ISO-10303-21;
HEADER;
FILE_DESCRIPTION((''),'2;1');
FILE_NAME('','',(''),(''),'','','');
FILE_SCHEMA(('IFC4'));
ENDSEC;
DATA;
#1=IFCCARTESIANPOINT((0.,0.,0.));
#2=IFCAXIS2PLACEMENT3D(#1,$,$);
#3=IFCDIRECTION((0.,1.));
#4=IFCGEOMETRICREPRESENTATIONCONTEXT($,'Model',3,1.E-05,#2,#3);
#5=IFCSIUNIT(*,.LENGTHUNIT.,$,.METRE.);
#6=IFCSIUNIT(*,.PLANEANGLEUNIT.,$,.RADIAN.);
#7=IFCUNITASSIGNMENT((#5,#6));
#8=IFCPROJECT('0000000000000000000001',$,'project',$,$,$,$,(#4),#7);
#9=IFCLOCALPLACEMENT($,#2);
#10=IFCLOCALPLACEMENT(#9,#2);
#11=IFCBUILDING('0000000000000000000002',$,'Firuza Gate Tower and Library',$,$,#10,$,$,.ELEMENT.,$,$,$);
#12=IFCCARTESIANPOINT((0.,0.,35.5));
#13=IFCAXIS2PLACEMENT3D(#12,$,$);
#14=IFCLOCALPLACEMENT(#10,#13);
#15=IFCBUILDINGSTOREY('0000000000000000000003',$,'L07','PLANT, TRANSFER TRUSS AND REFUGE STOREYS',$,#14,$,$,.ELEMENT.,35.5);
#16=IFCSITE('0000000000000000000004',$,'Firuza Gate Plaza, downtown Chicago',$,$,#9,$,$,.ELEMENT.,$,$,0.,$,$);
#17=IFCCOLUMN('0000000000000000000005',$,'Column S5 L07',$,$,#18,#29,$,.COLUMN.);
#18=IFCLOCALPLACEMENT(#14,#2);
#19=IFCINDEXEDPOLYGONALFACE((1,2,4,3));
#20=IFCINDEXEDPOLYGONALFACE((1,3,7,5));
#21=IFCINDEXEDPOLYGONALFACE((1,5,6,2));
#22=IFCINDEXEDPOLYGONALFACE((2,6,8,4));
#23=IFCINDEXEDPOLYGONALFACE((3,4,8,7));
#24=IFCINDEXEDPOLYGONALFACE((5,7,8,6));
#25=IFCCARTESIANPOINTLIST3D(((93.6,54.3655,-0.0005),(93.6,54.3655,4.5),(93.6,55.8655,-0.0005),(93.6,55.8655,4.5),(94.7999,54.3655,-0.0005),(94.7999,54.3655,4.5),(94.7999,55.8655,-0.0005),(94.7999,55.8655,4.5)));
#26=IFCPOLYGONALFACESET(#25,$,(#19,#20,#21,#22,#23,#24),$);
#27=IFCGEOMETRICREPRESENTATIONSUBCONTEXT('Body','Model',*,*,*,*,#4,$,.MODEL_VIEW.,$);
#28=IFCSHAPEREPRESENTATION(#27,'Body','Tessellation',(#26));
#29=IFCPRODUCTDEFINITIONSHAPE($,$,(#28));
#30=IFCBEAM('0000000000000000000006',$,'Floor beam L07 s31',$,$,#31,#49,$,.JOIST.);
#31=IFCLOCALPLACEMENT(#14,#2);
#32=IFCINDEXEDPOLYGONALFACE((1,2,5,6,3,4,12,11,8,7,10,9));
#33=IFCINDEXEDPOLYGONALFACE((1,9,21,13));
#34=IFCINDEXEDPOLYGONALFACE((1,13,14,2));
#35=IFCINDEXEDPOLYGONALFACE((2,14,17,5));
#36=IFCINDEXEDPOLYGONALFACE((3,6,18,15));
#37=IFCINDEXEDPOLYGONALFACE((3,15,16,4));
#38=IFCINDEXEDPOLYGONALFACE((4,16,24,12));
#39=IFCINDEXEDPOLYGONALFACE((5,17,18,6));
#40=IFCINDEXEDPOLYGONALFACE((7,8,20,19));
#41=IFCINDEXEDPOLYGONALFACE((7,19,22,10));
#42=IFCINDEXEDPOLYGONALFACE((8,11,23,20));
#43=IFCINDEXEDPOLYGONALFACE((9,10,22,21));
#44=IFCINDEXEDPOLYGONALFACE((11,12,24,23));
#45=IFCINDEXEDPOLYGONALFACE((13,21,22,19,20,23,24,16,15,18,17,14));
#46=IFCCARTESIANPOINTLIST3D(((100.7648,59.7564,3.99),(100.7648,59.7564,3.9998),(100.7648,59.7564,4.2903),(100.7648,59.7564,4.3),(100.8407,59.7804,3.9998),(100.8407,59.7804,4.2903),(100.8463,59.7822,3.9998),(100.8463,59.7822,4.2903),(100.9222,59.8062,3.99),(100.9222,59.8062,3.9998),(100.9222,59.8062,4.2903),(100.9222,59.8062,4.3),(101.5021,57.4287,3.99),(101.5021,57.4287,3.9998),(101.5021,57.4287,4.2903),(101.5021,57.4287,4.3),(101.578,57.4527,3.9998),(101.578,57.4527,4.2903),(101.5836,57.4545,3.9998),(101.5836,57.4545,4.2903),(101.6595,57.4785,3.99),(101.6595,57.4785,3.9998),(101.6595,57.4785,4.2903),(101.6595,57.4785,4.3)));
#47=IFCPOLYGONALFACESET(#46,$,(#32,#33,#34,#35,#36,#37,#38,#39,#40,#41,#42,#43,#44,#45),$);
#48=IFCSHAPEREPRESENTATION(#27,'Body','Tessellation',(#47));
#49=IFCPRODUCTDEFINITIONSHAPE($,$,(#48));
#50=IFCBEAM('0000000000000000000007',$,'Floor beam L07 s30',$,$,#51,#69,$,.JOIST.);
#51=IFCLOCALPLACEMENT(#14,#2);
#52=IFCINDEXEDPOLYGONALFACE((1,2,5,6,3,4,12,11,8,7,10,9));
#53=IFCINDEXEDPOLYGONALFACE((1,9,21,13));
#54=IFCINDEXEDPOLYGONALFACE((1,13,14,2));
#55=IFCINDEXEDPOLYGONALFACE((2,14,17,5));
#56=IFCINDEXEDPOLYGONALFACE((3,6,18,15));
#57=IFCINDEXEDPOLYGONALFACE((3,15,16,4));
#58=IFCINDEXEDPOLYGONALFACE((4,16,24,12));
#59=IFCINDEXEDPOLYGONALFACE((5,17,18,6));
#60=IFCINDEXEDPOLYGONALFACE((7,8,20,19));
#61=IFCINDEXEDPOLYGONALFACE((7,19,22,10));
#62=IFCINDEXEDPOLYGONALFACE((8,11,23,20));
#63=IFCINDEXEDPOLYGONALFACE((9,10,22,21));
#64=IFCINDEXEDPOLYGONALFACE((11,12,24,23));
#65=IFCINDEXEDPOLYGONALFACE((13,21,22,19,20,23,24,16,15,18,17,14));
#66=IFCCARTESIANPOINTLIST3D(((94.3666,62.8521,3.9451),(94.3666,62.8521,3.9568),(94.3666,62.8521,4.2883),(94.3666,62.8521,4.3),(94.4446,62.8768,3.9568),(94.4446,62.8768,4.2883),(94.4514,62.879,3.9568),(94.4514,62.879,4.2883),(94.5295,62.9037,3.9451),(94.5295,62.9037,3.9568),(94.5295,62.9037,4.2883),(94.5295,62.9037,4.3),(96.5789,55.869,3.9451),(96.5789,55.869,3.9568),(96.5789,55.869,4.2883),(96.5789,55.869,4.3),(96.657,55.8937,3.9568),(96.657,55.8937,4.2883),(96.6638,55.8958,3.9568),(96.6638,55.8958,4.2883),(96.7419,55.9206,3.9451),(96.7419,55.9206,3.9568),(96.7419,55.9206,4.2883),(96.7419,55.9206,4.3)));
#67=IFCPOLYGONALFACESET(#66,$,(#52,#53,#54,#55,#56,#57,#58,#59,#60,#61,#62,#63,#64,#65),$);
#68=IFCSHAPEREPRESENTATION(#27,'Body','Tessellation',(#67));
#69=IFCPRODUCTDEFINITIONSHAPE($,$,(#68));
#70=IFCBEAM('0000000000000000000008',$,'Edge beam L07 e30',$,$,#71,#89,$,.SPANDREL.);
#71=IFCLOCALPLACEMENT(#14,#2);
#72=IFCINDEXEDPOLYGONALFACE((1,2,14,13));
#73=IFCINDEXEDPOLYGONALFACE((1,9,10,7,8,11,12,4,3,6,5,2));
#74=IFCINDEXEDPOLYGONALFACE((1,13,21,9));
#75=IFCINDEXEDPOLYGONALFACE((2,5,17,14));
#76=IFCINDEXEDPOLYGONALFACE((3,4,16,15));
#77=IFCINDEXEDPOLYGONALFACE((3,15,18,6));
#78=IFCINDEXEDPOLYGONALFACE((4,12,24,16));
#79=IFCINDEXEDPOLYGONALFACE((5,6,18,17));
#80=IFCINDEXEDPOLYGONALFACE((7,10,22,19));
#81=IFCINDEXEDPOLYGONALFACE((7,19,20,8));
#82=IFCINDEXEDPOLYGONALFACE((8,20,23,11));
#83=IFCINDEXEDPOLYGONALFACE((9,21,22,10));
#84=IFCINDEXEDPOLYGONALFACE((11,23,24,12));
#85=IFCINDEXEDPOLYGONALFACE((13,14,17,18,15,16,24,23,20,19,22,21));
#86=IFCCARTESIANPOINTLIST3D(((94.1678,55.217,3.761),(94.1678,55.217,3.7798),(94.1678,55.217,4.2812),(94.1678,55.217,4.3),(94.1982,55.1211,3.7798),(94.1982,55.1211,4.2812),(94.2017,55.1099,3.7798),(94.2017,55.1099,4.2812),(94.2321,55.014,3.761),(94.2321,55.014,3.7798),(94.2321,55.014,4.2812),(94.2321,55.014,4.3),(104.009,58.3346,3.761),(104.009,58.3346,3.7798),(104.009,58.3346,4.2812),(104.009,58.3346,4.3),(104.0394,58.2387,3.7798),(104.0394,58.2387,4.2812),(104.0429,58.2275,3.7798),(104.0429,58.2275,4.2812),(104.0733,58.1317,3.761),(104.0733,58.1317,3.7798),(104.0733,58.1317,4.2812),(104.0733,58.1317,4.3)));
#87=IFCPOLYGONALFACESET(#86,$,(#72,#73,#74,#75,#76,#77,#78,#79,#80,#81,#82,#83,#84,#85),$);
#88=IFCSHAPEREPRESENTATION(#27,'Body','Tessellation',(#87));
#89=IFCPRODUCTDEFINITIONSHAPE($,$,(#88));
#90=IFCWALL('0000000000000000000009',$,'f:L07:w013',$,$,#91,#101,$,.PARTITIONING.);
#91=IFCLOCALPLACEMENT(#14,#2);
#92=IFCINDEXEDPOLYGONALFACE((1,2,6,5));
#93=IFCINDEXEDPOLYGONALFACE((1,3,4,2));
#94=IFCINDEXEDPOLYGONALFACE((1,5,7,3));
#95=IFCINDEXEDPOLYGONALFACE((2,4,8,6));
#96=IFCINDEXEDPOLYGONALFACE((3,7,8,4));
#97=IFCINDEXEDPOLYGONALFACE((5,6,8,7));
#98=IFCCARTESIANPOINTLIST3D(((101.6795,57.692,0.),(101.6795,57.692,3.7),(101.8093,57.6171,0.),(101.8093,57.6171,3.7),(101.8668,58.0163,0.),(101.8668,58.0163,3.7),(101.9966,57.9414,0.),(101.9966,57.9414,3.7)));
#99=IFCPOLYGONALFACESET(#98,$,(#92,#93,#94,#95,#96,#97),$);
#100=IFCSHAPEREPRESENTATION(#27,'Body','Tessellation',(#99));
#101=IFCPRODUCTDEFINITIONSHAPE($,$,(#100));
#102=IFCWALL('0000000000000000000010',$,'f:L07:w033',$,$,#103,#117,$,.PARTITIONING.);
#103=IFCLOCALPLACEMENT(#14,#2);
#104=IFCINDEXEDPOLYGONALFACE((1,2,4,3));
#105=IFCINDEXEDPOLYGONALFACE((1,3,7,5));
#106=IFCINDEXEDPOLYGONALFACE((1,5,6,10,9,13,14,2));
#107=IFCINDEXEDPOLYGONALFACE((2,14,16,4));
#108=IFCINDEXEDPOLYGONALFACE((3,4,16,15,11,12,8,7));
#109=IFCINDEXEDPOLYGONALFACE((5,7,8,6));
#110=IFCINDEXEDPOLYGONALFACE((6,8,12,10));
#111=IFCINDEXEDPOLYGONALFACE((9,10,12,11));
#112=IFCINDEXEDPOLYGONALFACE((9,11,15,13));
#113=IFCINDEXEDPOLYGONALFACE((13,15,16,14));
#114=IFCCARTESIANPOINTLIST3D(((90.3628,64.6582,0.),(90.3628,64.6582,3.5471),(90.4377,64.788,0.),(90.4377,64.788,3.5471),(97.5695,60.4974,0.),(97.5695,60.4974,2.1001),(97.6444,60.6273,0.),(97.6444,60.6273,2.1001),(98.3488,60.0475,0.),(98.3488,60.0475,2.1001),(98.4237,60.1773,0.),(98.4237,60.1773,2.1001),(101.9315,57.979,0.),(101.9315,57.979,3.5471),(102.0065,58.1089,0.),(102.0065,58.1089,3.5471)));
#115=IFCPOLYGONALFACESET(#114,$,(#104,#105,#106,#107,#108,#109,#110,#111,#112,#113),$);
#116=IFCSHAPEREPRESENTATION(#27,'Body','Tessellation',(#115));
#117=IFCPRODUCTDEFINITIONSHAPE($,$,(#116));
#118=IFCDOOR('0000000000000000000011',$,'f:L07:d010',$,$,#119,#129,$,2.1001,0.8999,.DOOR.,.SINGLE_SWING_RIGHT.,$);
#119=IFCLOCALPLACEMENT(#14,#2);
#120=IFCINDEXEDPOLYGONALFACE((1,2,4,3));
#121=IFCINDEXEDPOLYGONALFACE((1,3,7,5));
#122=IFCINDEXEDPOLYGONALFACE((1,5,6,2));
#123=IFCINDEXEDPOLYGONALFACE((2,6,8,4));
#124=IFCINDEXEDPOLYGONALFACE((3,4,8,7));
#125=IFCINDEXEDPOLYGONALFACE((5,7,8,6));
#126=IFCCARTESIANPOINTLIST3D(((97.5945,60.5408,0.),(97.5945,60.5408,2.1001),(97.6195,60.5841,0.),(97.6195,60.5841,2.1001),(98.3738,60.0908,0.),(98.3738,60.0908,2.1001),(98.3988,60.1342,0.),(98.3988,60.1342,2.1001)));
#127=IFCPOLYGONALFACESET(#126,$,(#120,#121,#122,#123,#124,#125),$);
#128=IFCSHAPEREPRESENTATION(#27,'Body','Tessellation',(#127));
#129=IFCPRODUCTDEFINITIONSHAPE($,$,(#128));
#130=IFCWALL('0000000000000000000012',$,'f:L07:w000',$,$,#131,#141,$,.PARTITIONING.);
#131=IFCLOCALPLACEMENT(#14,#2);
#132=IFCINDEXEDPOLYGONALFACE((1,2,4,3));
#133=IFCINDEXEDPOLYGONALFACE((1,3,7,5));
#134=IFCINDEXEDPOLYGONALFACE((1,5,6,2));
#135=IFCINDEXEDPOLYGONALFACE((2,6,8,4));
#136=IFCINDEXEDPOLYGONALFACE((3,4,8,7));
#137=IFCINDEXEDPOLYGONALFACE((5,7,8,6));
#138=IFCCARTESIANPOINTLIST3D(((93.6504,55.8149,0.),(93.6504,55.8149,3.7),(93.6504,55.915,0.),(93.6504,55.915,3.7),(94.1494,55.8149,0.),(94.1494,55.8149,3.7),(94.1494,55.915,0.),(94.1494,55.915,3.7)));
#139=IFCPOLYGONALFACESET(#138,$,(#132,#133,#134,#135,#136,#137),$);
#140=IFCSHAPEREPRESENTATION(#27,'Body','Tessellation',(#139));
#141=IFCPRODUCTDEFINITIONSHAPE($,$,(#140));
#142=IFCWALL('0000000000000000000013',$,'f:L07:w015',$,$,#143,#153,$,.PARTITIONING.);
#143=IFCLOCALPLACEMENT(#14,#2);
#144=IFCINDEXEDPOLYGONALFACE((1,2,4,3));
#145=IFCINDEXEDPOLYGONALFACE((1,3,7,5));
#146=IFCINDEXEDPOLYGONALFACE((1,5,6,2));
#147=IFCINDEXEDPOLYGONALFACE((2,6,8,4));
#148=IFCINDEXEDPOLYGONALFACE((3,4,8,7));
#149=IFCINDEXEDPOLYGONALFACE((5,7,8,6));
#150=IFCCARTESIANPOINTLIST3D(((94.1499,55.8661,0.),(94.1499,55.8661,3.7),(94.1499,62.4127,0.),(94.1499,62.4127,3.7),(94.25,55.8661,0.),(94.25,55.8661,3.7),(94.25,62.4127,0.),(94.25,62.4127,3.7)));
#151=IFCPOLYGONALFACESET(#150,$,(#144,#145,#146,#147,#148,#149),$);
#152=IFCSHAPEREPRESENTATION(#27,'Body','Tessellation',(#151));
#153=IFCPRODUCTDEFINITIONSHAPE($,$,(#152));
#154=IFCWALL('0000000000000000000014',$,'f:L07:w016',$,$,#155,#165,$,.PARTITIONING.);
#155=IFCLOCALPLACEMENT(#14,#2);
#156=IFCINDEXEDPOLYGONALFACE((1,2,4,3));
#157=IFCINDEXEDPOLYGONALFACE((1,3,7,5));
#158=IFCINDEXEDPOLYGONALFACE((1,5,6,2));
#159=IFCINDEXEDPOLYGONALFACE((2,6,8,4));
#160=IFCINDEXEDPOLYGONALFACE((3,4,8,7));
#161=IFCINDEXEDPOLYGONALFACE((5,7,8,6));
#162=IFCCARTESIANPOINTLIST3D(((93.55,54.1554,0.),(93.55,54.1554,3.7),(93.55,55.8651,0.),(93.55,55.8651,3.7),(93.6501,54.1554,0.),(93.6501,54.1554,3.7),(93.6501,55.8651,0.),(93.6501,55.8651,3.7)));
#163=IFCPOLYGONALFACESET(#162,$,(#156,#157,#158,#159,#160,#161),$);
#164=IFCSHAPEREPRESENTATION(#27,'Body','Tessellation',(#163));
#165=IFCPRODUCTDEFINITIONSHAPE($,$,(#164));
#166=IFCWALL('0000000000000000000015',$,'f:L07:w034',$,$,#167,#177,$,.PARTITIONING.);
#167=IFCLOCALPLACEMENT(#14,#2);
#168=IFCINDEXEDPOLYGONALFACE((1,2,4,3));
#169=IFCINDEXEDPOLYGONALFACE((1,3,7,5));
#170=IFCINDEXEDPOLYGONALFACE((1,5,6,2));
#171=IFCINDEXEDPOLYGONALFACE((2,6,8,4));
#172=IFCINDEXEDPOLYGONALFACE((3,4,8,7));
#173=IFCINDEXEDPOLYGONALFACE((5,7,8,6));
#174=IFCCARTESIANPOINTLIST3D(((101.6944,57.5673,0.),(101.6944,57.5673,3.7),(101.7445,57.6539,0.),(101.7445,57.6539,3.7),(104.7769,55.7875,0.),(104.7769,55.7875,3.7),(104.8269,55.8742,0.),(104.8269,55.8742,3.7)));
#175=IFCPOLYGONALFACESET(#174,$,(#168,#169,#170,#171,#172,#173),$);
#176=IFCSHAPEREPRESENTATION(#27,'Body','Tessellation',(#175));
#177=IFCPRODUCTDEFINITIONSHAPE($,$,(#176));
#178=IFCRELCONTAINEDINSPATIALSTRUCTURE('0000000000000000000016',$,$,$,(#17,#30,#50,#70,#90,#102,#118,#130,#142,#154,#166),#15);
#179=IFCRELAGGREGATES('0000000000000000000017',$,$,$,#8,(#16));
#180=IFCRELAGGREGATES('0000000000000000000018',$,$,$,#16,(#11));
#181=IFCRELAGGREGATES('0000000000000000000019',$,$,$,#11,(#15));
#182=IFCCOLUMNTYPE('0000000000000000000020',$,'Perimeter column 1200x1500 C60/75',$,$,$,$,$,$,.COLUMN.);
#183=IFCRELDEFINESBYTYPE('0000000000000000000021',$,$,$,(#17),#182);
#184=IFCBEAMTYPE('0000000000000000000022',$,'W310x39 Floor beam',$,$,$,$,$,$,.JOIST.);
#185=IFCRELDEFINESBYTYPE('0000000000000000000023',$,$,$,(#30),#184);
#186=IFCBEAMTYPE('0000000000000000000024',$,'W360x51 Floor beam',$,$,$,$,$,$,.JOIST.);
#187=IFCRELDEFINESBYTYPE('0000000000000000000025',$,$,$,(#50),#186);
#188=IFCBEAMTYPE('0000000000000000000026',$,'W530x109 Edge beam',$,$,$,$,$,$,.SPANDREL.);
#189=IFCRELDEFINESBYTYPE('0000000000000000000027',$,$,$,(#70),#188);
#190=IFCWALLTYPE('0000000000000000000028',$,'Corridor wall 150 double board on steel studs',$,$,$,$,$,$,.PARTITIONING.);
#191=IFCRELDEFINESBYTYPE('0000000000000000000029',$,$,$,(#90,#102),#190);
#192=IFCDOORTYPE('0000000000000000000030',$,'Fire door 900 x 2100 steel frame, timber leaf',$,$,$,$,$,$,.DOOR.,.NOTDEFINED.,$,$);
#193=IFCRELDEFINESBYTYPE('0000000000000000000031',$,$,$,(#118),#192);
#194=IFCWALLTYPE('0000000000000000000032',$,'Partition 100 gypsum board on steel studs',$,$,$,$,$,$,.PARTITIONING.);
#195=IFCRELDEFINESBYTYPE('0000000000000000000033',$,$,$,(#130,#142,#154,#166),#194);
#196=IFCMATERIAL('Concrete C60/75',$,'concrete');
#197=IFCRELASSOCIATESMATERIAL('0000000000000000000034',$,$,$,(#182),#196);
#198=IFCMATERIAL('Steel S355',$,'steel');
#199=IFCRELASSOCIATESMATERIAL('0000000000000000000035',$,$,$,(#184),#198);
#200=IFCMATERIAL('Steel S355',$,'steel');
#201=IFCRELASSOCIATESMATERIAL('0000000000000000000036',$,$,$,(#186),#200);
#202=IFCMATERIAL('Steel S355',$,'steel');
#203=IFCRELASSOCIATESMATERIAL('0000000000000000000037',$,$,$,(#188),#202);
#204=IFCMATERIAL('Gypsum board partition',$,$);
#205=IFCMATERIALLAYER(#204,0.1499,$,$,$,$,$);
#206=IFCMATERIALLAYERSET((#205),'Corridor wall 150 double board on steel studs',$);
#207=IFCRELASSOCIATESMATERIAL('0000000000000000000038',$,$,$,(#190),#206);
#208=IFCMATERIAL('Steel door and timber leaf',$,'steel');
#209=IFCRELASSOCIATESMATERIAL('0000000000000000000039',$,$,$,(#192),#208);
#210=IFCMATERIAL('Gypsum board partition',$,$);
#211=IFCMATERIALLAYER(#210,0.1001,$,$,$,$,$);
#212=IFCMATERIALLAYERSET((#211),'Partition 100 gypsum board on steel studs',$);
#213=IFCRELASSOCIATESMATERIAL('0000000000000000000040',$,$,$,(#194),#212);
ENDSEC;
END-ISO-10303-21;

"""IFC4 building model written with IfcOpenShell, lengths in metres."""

from ifc_helpers import new_model, si_unit, direction, frame, frame_2d, origin, origin_2d, place, context, subcontext, project, spatial, rectangle, i_section, extrude, material, layer, layer_set, material_profile, profile_set, type_object, element, fill, save


model = new_model("IFC4")

# Units and contexts
model_context = context("Model", 3, precision=1e-05, world=origin(), true_north=direction((0.0, 1.0)))
body_context = subcontext(model_context, "Body", "Model", "MODEL_VIEW")
ifc_project = project(units=[si_unit("LENGTHUNIT", "METRE"), si_unit("PLANEANGLEUNIT", "RADIAN")], contexts=[model_context])

# Site, building, storey
site_placement = place(None, origin())
site = spatial("IfcSite", under=ifc_project, at=site_placement, Name="Firuza Gate Plaza, downtown Chicago", CompositionType="ELEMENT", RefElevation=0.0)
building_placement = place(site_placement, origin())
building = spatial("IfcBuilding", under=site, at=building_placement, Name="Firuza Gate Tower and Library", CompositionType="ELEMENT")
storey_placement = place(building_placement, frame((0.0, 0.0, 35.5)))
storey = spatial("IfcBuildingStorey", under=building, at=storey_placement, Name="L07", Description="PLANT, TRANSFER TRUSS AND REFUGE STOREYS", CompositionType="ELEMENT", Elevation=35.5)

# Column
ifc_material_1 = material(Name="Concrete C60/75", Category="concrete")
ifc_material_profile_1 = material_profile(ifc_material_1, rectangle(XDim=1.2, YDim=1.5, at=origin_2d()))
ifc_profile_set_1 = profile_set([ifc_material_profile_1], Name="Concrete C60/75")
column_type = type_object("IfcColumnType", Name="Perimeter column 1200x1500 C60/75", PredefinedType="COLUMN", material=ifc_profile_set_1)
column_placement = place(storey_placement, frame((94.2, 55.1155, -0.0005), z_axis=(0.0, 0.0, 1.0), x_axis=(1.0, 0.0, 0.0)))
element("IfcColumn", 1, at=column_placement, inside=storey, type_object=column_type, Name="Column S5 L07", PredefinedType="COLUMN", context=body_context, shape_type="SweptSolid", body=[
    extrude(rectangle(XDim=1.2, YDim=1.5, at=origin_2d()), origin(), (0.0, 0.0, 1.0), 4.5005),
])

# Beams
ifc_material_2 = material(Name="Steel S355", Category="steel")
ifc_material_profile_2 = material_profile(ifc_material_2, i_section(OverallWidth=0.165, OverallDepth=0.3101, WebThickness=0.0059, FlangeThickness=0.0098, at=origin_2d()))
ifc_profile_set_2 = profile_set([ifc_material_profile_2], Name="Steel S355")
beam_type_1 = type_object("IfcBeamType", Name="W310x39 Floor beam", PredefinedType="JOIST", material=ifc_profile_set_2)
beam_1_placement = place(storey_placement, frame((101.5808, 57.4536, 4.145), z_axis=(-0.301973, 0.953316, 0.0), x_axis=(-0.953316, -0.301973, 0.0)))
element("IfcBeam", 2, at=beam_1_placement, inside=storey, type_object=beam_type_1, Name="Floor beam L07 s31", PredefinedType="JOIST", context=body_context, shape_type="SweptSolid", body=[
    extrude(i_section(OverallWidth=0.165, OverallDepth=0.3101, WebThickness=0.0059, FlangeThickness=0.0098, at=origin_2d()), origin(), (0.0, 0.0, 1.0), 2.4417),
])
ifc_material_3 = material(Name="Steel S355", Category="steel")
ifc_material_profile_3 = material_profile(ifc_material_3, i_section(OverallWidth=0.1709, OverallDepth=0.355, WebThickness=0.0071, FlangeThickness=0.0117, at=origin_2d()))
ifc_profile_set_3 = profile_set([ifc_material_profile_3], Name="Steel S355")
beam_type_2 = type_object("IfcBeamType", Name="W360x51 Floor beam", PredefinedType="JOIST", material=ifc_profile_set_3)
beam_2_placement = place(storey_placement, frame((96.6604, 55.8948, 4.1226), z_axis=(-0.302024, 0.9533, 0.0), x_axis=(-0.9533, -0.302024, 0.0)))
element("IfcBeam", 3, at=beam_2_placement, inside=storey, type_object=beam_type_2, Name="Floor beam L07 s30", PredefinedType="JOIST", context=body_context, shape_type="SweptSolid", body=[
    extrude(i_section(OverallWidth=0.1709, OverallDepth=0.355, WebThickness=0.0071, FlangeThickness=0.0117, at=origin_2d()), origin(), (0.0, 0.0, 1.0), 7.3252),
])
ifc_material_4 = material(Name="Steel S355", Category="steel")
ifc_material_profile_4 = material_profile(ifc_material_4, i_section(OverallWidth=0.2129, OverallDepth=0.5391, WebThickness=0.0117, FlangeThickness=0.0188, at=origin_2d()))
ifc_profile_set_4 = profile_set([ifc_material_profile_4], Name="Steel S355")
beam_type_3 = type_object("IfcBeamType", Name="W530x109 Edge beam", PredefinedType="SPANDREL", material=ifc_profile_set_4)
beam_3_placement = place(storey_placement, frame((94.2, 55.1155, 4.0305), z_axis=(0.953307, 0.302003, 0.0), x_axis=(-0.302003, 0.953307, 0.0)))
element("IfcBeam", 4, at=beam_3_placement, inside=storey, type_object=beam_type_3, Name="Edge beam L07 e30", PredefinedType="SPANDREL", context=body_context, shape_type="SweptSolid", body=[
    extrude(i_section(OverallWidth=0.2129, OverallDepth=0.5391, WebThickness=0.0117, FlangeThickness=0.0188, at=origin_2d()), origin(), (0.0, 0.0, 1.0), 10.3232),
])

# Wall
ifc_material_5 = material(Name="Gypsum board partition")
ifc_layer_1 = layer(ifc_material_5, 0.1499)
ifc_layer_set_1 = layer_set([ifc_layer_1], Name="Corridor wall 150 double board on steel studs")
wall_type_1 = type_object("IfcWallType", Name="Corridor wall 150 double board on steel studs", PredefinedType="PARTITIONING", material=ifc_layer_set_1)
wall_1_placement = place(storey_placement, frame((101.7444, 57.6545, 0.0), z_axis=(0.0, 0.0, 1.0), x_axis=(0.500136, 0.865947, 0.0)))
element("IfcWall", 5, at=wall_1_placement, inside=storey, type_object=wall_type_1, Name="f:L07:w013", PredefinedType="PARTITIONING", context=body_context, shape_type="SweptSolid", body=[
    extrude(rectangle(XDim=0.3745, YDim=0.1499, at=frame_2d((0.1873, 0.0))), origin(), (0.0, 0.0, 1.0), 3.7),
])

# Wall, opening, door
wall_2_placement = place(storey_placement, frame((101.969, 58.0439, 0.0), z_axis=(0.0, 0.0, 1.0), x_axis=(-0.866028, 0.499996, 0.0)))
wall_2 = element("IfcWall", 6, at=wall_2_placement, inside=storey, type_object=wall_type_1, Name="f:L07:w033", PredefinedType="PARTITIONING", context=body_context, shape_type="SweptSolid", body=[
    extrude(rectangle(XDim=13.3584, YDim=0.1499, at=frame_2d((6.6792, 0.0))), origin(), (0.0, 0.0, 1.0), 3.5471),
])
opening_1_placement = place(wall_2_placement, frame((4.137, 0.0, 0.0)))
opening_1 = element("IfcOpeningElement", 7, at=opening_1_placement, cuts=wall_2, PredefinedType="OPENING", context=body_context, shape_type="SweptSolid", body=[
    extrude(rectangle(XDim=0.8999, YDim=2.1001, at=frame_2d((0.45, 1.05))), frame((0.0, 0.085, 0.0), z_axis=(0.0, -1.0, 0.0), x_axis=(1.0, 0.0, 0.0)), (0.0, 0.0, 1.0), 0.1699),
])
ifc_material_6 = material(Name="Steel door and timber leaf", Category="steel")
door_type = type_object("IfcDoorType", Name="Fire door 900 x 2100 steel frame, timber leaf", OperationType="NOTDEFINED", PredefinedType="DOOR", material=ifc_material_6)
door_placement = place(opening_1_placement, origin())
door = element("IfcDoor", 8, at=door_placement, inside=storey, type_object=door_type, Name="f:L07:d010", OperationType="SINGLE_SWING_RIGHT", OverallHeight=2.1001, OverallWidth=0.8999, PredefinedType="DOOR", context=body_context, shape_type="SweptSolid", body=[
    extrude(rectangle(XDim=0.8999, YDim=2.1001, at=frame_2d((0.45, 1.05))), frame((0.0, 0.0249, 0.0), z_axis=(0.0, -1.0, 0.0), x_axis=(1.0, 0.0, 0.0)), (0.0, 0.0, 1.0), 0.05),
])
fill(opening_1, door)

# Walls
ifc_material_7 = material(Name="Gypsum board partition")
ifc_layer_2 = layer(ifc_material_7, 0.1001)
ifc_layer_set_2 = layer_set([ifc_layer_2], Name="Partition 100 gypsum board on steel studs")
wall_type_2 = type_object("IfcWallType", Name="Partition 100 gypsum board on steel studs", PredefinedType="PARTITIONING", material=ifc_layer_set_2)
wall_3_placement = place(storey_placement, frame((93.6504, 55.865, 0.0), z_axis=(0.0, 0.0, 1.0), x_axis=(1.0, 0.0, 0.0)))
element("IfcWall", 9, at=wall_3_placement, inside=storey, type_object=wall_type_2, Name="f:L07:w000", PredefinedType="PARTITIONING", context=body_context, shape_type="SweptSolid", body=[
    extrude(rectangle(XDim=0.499, YDim=0.1001, at=frame_2d((0.2495, 0.0))), origin(), (0.0, 0.0, 1.0), 3.7),
])
wall_4_placement = place(storey_placement, frame((94.2, 55.866, 0.0), z_axis=(0.0, 0.0, 1.0), x_axis=(0.0, 1.0, 0.0)))
element("IfcWall", 10, at=wall_4_placement, inside=storey, type_object=wall_type_2, Name="f:L07:w015", PredefinedType="PARTITIONING", context=body_context, shape_type="SweptSolid", body=[
    extrude(rectangle(XDim=6.5466, YDim=0.1001, at=frame_2d((3.2734, 0.0))), origin(), (0.0, 0.0, 1.0), 3.7),
])
wall_5_placement = place(storey_placement, frame((93.6001, 54.1553, 0.0), z_axis=(0.0, 0.0, 1.0), x_axis=(0.0, 1.0, 0.0)))
element("IfcWall", 11, at=wall_5_placement, inside=storey, type_object=wall_type_2, Name="f:L07:w016", PredefinedType="PARTITIONING", context=body_context, shape_type="SweptSolid", body=[
    extrude(rectangle(XDim=1.7097, YDim=0.1001, at=frame_2d((0.855, 0.0))), origin(), (0.0, 0.0, 1.0), 3.7),
])
wall_6_placement = place(storey_placement, frame((104.802, 55.8308, 0.0), z_axis=(0.0, 0.0, 1.0), x_axis=(-0.866014, 0.500019, 0.0)))
element("IfcWall", 12, at=wall_6_placement, inside=storey, type_object=wall_type_2, Name="f:L07:w034", PredefinedType="PARTITIONING", context=body_context, shape_type="SweptSolid", body=[
    extrude(rectangle(XDim=3.5593, YDim=0.1001, at=frame_2d((1.7798, 0.0))), origin(), (0.0, 0.0, 1.0), 3.7),
])

save(model, "model.ifc")
